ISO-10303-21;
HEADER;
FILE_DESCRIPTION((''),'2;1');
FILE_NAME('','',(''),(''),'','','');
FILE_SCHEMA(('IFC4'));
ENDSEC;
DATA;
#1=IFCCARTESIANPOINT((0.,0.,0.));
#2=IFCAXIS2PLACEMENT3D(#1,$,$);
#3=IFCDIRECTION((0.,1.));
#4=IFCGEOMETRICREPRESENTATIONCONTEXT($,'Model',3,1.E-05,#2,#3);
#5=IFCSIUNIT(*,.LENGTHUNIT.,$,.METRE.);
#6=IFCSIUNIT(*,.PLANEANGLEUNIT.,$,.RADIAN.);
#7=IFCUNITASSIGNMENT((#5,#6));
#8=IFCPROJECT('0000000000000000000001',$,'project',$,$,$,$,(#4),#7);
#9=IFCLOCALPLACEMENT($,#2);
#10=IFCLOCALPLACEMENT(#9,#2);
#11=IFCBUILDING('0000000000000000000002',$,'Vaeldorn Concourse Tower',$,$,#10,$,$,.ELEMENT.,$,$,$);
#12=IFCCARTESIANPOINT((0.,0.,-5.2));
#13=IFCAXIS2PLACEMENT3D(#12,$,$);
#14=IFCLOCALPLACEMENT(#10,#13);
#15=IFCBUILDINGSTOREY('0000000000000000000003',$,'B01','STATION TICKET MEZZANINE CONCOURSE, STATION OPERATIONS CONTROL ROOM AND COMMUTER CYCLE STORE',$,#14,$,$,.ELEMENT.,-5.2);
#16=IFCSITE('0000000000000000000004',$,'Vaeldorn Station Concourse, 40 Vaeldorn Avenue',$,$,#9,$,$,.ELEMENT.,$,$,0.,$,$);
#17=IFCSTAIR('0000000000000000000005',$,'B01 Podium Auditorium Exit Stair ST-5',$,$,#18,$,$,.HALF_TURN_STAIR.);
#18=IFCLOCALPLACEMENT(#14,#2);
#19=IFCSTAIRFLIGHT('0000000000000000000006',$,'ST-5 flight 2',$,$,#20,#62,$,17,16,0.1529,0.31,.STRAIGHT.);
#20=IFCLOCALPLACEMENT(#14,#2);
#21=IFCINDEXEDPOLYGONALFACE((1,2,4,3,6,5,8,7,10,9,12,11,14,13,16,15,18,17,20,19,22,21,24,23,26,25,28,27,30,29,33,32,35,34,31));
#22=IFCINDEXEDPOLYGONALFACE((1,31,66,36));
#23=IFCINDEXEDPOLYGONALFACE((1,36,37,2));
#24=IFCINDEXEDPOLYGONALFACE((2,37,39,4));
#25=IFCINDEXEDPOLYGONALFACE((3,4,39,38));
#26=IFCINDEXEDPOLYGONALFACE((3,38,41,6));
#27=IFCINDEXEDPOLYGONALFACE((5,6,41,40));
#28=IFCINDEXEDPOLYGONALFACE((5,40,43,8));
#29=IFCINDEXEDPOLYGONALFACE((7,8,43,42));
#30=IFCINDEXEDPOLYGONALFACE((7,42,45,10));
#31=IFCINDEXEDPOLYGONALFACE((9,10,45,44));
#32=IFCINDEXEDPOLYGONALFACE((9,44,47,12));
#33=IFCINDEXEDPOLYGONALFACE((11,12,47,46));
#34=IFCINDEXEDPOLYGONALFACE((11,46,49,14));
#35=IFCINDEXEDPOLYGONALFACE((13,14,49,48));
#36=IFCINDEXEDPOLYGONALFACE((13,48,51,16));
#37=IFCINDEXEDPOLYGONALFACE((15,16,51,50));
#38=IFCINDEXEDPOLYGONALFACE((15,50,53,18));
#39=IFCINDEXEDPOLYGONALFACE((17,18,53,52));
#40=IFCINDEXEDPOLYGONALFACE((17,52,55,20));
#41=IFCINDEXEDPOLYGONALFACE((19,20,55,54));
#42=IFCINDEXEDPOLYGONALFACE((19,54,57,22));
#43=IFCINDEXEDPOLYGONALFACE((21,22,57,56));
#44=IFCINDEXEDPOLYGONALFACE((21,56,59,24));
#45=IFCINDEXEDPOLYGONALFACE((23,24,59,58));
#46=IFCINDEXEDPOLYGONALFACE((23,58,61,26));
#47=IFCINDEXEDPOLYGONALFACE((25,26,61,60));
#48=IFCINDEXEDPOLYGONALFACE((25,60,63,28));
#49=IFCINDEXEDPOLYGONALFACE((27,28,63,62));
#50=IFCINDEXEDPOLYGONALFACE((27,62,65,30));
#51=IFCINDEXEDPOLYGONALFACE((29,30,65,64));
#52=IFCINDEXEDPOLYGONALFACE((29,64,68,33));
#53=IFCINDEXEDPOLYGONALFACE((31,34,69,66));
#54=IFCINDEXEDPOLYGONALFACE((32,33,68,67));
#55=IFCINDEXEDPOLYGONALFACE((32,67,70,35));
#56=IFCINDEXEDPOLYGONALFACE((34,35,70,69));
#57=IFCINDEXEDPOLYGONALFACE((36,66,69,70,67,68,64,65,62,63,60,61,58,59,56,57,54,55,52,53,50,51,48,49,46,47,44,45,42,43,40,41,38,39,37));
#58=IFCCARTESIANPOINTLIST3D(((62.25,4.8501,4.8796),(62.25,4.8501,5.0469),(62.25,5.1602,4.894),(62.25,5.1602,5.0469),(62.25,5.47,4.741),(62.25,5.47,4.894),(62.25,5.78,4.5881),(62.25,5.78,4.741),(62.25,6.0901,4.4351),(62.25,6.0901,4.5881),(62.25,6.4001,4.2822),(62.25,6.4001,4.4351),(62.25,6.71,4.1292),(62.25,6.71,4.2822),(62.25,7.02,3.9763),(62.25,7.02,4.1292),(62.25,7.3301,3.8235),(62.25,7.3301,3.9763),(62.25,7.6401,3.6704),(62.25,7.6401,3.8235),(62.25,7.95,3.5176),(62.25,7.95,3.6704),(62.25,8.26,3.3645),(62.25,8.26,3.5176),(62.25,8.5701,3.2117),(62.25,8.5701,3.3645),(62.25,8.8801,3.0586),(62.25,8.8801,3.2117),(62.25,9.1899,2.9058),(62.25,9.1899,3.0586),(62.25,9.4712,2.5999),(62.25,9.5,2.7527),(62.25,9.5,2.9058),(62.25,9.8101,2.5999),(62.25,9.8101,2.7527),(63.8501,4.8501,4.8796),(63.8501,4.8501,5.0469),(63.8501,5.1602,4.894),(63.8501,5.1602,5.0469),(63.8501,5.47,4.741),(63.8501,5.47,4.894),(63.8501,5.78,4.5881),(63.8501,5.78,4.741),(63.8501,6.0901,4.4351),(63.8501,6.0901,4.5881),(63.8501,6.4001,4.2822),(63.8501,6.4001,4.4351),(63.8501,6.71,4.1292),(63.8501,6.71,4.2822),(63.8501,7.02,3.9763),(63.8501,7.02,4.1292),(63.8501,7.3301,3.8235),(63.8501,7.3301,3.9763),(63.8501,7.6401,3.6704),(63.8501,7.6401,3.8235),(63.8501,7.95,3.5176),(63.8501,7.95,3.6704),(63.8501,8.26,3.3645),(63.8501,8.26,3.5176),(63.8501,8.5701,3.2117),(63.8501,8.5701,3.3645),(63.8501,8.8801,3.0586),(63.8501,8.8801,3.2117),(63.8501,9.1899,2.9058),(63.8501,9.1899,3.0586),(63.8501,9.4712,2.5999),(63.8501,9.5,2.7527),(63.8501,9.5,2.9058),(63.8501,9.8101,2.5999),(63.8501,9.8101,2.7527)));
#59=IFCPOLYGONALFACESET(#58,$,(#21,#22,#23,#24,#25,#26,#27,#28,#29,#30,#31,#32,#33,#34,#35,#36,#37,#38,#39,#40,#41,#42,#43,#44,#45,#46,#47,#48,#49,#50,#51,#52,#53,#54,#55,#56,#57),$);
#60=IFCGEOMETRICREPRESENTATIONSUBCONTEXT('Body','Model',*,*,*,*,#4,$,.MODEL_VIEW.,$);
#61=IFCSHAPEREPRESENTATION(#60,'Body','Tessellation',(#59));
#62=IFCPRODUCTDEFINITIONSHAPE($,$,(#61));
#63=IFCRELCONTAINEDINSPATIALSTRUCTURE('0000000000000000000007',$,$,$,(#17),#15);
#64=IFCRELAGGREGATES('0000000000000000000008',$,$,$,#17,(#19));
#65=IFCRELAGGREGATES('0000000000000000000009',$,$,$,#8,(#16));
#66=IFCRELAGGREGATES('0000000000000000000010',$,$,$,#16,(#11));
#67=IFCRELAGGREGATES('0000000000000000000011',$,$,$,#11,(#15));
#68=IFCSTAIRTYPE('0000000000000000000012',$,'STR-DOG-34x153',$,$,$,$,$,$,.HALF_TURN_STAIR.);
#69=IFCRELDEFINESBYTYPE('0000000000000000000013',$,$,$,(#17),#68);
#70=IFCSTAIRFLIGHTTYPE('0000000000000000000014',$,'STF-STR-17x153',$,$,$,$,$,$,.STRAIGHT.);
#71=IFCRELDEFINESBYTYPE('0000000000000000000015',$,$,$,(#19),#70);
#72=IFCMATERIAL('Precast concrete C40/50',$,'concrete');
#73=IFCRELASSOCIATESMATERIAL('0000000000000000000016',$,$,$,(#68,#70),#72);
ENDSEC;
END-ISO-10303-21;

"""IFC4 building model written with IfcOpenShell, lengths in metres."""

from ifc_helpers import new_model, si_unit, direction, frame, origin, place, context, subcontext, project, spatial, polyline, outline, extrude, material, type_object, element, aggregate, save


model = new_model("IFC4")

# Units and contexts
model_context = context("Model", 3, precision=1e-05, world=origin(), true_north=direction((0.0, 1.0)))
body_context = subcontext(model_context, "Body", "Model", "MODEL_VIEW")
ifc_project = project(units=[si_unit("LENGTHUNIT", "METRE"), si_unit("PLANEANGLEUNIT", "RADIAN")], contexts=[model_context])

# Site, building, storey
site_placement = place(None, origin())
site = spatial("IfcSite", under=ifc_project, at=site_placement, Name="Vaeldorn Station Concourse, 40 Vaeldorn Avenue", CompositionType="ELEMENT", RefElevation=0.0)
building_placement = place(site_placement, origin())
building = spatial("IfcBuilding", under=site, at=building_placement, Name="Vaeldorn Concourse Tower", CompositionType="ELEMENT")
storey_placement = place(building_placement, frame((0.0, 0.0, -5.2)))
storey = spatial("IfcBuildingStorey", under=building, at=storey_placement, Name="B01", Description="STATION TICKET MEZZANINE CONCOURSE, STATION OPERATIONS CONTROL ROOM AND COMMUTER CYCLE STORE", CompositionType="ELEMENT", Elevation=-5.2)

# Stair, stair flight
ifc_material_1 = material(Name="Precast concrete C40/50", Category="concrete")
stair_type = type_object("IfcStairType", Name="STR-DOG-34x153", PredefinedType="HALF_TURN_STAIR", material=ifc_material_1)
stair_placement = place(storey_placement, origin())
stair = element("IfcStair", 1, at=stair_placement, inside=storey, type_object=stair_type, Name="B01 Podium Auditorium Exit Stair ST-5", PredefinedType="HALF_TURN_STAIR")
stair_flight_type = type_object("IfcStairFlightType", Name="STF-STR-17x153", PredefinedType="STRAIGHT", material=ifc_material_1)
stair_flight_1_placement = place(storey_placement, frame((63.05, 9.8101, 2.5999), z_axis=(0.0, 0.0, 1.0), x_axis=(0.0, -1.0, 0.0)))
stair_flight_1 = element("IfcStairFlight", 2, at=stair_flight_1_placement, type_object=stair_flight_type, Name="ST-5 flight 2", NumberOfRisers=17, NumberOfTreads=16, PredefinedType="STRAIGHT", RiserHeight=0.1529, TreadLength=0.31, context=body_context, shape_type="SweptSolid", body=[
    extrude(outline(polyline([(0.0, 0.0), (0.0, 0.1528), (0.3101, 0.1528), (0.3101, 0.3059), (0.6201, 0.3059), (0.6201, 0.4587), (0.9299, 0.4587), (0.9299, 0.6118), (1.24, 0.6118), (1.24, 0.7646), (1.55, 0.7646), (1.55, 0.9177), (1.8601, 0.9177), (1.8601, 1.0706), (2.1699, 1.0706), (2.1699, 1.2236), (2.48, 1.2236), (2.48, 1.3765), (2.79, 1.3765), (2.79, 1.5293), (3.1001, 1.5293), (3.1001, 1.6824), (3.4099, 1.6824), (3.4099, 1.8352), (3.72, 1.8352), (3.72, 1.9883), (4.03, 1.9883), (4.03, 2.1411), (4.3401, 2.1411), (4.3401, 2.2942), (4.6499, 2.2942), (4.6499, 2.447), (4.96, 2.447), (4.96, 2.6001), (4.96, 2.2798), (0.3389, 0.0), (0.0, 0.0)])), frame((0.0, 0.8, 0.0), z_axis=(0.0, -1.0, 0.0), x_axis=(1.0, 0.0, 0.0)), (0.0, 0.0, 1.0), 1.6001),
])
aggregate(stair, [stair_flight_1])

save(model, "model.ifc")
